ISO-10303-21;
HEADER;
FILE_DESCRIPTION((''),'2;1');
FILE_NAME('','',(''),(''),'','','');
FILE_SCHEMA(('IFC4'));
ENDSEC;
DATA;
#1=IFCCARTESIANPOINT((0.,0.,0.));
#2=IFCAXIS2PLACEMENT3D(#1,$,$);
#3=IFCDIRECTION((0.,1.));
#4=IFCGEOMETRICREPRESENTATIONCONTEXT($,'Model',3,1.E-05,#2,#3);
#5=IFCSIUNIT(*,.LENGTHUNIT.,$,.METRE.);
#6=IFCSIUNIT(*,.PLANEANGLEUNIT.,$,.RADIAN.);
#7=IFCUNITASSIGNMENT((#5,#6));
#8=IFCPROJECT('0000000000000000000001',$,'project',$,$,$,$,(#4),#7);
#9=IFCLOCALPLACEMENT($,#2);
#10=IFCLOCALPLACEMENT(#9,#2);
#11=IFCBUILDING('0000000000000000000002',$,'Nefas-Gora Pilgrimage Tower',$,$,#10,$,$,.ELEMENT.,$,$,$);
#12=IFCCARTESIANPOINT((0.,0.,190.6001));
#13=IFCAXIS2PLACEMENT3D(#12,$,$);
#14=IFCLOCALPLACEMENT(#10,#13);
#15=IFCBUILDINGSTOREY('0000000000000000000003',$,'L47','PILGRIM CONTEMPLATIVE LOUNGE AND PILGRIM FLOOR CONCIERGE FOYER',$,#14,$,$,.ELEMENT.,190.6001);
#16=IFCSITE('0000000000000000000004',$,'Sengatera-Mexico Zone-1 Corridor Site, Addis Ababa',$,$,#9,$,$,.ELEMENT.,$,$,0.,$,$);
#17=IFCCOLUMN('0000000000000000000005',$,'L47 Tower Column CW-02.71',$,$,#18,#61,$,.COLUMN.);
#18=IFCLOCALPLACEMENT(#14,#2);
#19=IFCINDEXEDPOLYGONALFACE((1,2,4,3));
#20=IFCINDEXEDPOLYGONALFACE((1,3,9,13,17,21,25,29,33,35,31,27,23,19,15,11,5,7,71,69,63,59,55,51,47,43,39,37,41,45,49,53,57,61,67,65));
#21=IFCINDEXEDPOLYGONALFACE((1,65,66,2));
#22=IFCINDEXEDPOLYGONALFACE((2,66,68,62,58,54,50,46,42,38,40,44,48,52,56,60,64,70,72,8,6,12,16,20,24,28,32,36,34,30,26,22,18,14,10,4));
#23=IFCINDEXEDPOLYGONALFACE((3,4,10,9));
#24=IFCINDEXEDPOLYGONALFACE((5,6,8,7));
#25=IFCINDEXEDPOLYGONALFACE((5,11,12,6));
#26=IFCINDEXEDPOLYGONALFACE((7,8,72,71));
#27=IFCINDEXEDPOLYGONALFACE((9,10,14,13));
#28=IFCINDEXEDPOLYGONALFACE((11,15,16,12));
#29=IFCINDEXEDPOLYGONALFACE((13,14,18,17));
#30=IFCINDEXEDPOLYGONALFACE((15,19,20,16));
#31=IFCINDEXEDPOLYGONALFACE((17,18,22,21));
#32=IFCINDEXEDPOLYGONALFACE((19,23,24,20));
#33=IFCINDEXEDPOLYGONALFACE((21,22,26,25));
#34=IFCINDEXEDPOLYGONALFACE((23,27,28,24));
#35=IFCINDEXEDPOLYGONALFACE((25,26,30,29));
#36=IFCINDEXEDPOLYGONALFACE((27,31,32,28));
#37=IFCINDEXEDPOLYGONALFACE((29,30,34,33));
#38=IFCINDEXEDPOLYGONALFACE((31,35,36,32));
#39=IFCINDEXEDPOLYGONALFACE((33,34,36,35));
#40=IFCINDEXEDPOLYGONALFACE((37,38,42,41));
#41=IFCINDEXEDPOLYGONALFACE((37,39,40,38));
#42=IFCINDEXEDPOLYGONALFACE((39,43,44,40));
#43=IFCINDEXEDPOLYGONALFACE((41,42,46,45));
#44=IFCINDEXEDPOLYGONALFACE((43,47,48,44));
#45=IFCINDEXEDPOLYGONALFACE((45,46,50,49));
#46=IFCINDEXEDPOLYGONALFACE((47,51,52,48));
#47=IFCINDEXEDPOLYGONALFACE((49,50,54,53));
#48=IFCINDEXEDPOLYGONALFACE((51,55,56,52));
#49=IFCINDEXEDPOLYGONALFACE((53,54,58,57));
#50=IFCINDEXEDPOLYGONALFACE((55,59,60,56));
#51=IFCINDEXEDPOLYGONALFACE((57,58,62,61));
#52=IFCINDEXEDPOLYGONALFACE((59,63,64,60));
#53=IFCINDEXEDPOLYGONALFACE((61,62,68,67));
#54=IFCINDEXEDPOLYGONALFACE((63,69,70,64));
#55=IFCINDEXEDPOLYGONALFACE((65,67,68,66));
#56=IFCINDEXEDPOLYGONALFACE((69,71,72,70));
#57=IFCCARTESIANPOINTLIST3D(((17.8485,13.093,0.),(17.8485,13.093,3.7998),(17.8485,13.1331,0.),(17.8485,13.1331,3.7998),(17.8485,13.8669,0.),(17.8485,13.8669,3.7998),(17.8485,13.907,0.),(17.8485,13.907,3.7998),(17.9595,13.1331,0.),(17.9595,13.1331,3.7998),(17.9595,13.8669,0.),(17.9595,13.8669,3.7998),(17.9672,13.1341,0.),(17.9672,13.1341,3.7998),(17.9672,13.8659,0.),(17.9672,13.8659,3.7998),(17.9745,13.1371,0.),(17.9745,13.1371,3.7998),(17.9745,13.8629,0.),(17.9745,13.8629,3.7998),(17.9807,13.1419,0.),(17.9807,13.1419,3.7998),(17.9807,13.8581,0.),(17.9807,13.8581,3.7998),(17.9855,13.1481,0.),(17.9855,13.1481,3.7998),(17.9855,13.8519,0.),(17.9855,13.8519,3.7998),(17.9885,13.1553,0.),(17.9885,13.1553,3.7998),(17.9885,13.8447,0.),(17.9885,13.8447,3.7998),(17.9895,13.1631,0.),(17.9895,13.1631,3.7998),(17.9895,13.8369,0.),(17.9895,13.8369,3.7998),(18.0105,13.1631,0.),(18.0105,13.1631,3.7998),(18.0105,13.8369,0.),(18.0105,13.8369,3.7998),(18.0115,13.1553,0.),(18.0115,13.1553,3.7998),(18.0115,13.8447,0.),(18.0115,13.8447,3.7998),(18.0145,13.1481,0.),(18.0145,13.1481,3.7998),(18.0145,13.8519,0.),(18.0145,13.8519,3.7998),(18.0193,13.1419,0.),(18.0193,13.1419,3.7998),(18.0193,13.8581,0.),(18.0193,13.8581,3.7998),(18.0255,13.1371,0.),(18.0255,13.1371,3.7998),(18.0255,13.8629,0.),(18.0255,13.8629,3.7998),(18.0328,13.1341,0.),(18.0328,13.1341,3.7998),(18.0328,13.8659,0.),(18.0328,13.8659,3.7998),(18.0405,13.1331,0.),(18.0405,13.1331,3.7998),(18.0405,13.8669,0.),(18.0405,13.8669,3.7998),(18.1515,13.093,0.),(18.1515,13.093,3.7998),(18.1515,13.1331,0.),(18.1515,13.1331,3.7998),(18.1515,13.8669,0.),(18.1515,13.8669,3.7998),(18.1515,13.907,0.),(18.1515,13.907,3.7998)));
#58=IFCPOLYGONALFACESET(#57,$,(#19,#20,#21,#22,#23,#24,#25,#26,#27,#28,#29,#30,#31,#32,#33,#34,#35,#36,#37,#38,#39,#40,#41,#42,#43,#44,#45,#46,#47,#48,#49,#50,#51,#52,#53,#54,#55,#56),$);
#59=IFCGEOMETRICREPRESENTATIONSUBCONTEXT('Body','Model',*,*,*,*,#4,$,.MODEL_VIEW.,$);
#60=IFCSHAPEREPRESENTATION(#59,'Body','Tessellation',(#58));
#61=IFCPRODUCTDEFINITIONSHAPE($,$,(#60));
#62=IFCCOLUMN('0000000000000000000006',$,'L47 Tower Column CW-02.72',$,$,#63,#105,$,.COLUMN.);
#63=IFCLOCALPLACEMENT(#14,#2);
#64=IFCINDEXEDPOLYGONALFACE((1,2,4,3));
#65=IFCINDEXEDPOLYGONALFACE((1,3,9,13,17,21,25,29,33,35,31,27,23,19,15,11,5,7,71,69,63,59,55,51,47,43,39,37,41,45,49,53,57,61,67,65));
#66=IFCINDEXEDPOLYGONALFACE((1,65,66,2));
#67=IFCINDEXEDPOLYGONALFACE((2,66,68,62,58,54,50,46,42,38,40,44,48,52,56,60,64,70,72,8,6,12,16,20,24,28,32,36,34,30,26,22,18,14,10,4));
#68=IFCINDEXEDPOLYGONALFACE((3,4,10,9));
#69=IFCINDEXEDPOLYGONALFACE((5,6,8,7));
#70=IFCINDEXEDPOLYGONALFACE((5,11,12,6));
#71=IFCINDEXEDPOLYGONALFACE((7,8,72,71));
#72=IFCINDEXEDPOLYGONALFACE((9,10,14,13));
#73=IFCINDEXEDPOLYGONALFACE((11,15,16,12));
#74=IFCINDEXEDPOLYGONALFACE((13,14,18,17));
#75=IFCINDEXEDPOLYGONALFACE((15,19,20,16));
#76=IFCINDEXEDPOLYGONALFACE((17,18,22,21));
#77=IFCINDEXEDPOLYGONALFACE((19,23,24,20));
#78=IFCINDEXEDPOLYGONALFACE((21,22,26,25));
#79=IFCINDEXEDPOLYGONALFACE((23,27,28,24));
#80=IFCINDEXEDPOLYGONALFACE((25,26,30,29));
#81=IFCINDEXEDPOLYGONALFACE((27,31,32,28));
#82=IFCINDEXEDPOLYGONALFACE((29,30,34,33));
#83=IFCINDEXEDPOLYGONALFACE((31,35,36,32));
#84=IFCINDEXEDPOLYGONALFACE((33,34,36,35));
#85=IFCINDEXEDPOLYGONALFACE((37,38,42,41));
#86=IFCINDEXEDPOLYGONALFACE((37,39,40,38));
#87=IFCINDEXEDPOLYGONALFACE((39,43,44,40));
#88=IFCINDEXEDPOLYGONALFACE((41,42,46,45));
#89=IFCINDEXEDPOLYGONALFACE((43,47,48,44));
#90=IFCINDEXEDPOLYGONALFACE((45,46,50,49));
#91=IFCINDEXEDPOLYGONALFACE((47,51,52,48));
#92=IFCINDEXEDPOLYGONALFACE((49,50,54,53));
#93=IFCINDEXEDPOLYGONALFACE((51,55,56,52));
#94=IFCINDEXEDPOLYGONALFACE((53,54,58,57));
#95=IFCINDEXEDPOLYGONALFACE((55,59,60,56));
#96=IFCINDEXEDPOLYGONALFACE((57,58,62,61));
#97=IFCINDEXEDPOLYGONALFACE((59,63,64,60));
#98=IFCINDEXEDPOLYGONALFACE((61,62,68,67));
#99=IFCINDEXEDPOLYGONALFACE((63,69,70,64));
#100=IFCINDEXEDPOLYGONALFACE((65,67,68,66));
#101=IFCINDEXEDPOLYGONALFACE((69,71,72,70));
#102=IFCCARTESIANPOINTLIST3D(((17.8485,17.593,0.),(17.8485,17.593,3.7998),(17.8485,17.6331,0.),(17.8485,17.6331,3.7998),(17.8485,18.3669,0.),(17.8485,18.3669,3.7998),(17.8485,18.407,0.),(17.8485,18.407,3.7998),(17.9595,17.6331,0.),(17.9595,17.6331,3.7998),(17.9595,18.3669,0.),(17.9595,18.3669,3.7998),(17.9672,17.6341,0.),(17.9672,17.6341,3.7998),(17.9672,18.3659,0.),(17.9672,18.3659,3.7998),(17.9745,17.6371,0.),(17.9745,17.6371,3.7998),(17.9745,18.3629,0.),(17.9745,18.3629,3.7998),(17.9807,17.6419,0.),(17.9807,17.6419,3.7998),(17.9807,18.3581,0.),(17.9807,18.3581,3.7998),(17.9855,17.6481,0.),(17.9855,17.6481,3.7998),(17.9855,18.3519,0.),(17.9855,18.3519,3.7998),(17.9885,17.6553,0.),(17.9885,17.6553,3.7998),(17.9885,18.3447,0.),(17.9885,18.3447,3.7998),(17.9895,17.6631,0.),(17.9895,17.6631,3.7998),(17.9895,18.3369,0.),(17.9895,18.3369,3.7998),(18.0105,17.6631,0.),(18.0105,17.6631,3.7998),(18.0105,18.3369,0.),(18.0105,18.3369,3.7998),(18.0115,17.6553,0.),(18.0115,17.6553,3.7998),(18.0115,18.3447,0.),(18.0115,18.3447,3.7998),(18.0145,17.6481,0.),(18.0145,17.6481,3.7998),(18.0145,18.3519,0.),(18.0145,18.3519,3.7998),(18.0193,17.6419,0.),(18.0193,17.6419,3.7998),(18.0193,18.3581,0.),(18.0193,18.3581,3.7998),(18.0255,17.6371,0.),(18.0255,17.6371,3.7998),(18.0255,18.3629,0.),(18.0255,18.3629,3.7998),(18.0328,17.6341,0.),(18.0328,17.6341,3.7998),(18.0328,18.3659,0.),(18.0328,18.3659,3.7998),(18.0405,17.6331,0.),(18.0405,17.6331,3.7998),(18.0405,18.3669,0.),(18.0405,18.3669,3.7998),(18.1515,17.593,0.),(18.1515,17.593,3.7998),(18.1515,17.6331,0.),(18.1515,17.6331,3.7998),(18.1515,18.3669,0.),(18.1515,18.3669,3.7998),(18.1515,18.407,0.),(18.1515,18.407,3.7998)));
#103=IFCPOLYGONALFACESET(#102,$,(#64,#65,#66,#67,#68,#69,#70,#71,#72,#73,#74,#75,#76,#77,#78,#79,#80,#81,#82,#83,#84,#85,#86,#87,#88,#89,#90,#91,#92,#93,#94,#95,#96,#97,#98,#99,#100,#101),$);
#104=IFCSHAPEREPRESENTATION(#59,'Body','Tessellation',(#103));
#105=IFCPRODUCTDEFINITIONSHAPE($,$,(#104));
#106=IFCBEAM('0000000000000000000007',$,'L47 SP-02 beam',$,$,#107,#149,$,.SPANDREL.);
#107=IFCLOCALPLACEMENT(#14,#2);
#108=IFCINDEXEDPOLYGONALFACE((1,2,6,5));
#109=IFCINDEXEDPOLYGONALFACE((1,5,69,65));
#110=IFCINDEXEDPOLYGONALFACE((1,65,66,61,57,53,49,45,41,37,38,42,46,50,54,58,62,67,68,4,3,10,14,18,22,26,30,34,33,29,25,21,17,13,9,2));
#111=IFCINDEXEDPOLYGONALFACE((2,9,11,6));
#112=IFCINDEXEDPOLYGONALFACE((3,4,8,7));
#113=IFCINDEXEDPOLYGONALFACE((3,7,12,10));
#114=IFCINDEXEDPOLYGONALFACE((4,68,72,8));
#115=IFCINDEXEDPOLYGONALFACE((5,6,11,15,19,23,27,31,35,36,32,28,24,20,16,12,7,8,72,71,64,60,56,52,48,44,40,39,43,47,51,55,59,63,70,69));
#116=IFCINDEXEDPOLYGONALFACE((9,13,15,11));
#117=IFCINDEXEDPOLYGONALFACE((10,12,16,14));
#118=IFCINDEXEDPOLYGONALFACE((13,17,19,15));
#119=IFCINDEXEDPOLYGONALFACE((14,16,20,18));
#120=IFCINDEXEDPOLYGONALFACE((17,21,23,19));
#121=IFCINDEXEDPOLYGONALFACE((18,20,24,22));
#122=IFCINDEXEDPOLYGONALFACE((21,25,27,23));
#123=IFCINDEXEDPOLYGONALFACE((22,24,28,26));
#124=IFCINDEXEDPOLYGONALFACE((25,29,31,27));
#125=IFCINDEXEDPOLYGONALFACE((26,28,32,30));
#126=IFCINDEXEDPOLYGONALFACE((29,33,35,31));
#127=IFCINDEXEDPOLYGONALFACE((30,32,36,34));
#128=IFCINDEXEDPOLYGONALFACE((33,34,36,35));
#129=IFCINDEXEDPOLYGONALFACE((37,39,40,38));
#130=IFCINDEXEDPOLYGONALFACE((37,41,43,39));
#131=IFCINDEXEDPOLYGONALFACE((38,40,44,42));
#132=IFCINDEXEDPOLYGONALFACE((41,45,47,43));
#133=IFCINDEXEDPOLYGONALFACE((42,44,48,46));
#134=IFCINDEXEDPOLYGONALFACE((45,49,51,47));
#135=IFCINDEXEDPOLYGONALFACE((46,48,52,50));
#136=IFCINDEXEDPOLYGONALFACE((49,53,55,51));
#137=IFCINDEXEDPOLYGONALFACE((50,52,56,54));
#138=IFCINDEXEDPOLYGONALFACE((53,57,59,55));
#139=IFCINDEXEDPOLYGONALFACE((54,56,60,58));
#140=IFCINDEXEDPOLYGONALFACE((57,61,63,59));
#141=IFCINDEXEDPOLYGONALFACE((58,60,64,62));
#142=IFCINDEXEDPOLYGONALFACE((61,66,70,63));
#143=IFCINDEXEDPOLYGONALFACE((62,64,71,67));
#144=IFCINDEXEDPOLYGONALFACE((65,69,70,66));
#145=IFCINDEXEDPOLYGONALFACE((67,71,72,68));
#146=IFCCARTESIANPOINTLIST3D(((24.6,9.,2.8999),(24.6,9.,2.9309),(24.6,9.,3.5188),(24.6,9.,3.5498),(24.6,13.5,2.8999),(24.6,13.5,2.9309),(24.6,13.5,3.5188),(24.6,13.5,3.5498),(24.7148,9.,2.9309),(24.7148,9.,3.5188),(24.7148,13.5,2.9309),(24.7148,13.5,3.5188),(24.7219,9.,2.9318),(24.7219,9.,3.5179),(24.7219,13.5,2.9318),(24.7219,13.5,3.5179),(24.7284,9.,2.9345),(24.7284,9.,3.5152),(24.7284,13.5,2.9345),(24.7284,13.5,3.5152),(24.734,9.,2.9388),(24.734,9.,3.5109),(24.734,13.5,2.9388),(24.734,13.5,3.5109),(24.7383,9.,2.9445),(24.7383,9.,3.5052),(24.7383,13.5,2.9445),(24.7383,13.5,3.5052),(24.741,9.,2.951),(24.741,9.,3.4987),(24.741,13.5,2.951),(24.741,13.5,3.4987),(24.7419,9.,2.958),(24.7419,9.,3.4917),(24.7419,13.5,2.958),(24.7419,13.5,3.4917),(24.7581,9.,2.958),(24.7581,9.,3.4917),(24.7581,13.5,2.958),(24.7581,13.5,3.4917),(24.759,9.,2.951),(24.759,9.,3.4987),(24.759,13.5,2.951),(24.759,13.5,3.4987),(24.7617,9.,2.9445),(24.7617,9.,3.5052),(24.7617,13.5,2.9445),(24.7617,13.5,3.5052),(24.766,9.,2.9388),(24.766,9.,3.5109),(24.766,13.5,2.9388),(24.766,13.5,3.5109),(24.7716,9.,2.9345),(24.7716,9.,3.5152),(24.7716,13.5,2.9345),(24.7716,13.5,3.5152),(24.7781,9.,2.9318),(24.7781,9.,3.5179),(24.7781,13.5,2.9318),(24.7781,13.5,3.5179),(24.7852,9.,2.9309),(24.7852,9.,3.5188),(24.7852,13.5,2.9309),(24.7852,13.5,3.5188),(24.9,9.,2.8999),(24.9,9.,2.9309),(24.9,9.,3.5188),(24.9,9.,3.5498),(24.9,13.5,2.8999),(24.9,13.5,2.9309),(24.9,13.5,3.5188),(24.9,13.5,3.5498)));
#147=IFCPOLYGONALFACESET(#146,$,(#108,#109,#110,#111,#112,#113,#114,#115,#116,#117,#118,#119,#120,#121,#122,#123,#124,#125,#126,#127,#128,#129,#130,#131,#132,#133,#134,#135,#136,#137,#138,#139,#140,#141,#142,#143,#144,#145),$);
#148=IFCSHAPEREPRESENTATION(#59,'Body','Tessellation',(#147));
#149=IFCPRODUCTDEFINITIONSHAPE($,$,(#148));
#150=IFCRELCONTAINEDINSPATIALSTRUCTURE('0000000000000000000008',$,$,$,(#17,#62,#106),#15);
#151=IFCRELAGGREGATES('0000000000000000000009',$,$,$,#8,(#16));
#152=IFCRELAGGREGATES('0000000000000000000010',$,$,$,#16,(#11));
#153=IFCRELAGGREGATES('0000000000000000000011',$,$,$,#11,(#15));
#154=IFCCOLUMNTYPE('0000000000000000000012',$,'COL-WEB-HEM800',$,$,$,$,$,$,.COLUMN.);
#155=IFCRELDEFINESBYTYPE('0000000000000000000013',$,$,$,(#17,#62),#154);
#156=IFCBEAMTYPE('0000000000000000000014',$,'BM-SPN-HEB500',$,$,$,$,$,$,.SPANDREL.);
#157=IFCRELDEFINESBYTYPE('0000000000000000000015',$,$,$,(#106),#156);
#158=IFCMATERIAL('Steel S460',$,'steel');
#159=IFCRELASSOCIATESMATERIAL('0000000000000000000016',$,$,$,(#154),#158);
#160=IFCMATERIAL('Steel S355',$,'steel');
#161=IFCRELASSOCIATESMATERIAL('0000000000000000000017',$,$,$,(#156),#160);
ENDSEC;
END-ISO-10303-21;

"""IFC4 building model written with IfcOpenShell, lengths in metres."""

from ifc_helpers import new_model, si_unit, direction, frame, origin, origin_2d, place, context, subcontext, project, spatial, i_section, extrude, source, transform, mapped, material, material_profile, profile_set, type_object, element, save


model = new_model("IFC4")

# Units and contexts
model_context = context("Model", 3, precision=1e-05, world=origin(), true_north=direction((0.0, 1.0)))
body_context = subcontext(model_context, "Body", "Model", "MODEL_VIEW")
ifc_project = project(units=[si_unit("LENGTHUNIT", "METRE"), si_unit("PLANEANGLEUNIT", "RADIAN")], contexts=[model_context])

# Site, building, storey
site_placement = place(None, origin())
site = spatial("IfcSite", under=ifc_project, at=site_placement, Name="Sengatera-Mexico Zone-1 Corridor Site, Addis Ababa", CompositionType="ELEMENT", RefElevation=0.0)
building_placement = place(site_placement, origin())
building = spatial("IfcBuilding", under=site, at=building_placement, Name="Nefas-Gora Pilgrimage Tower", CompositionType="ELEMENT")
storey_placement = place(building_placement, frame((0.0, 0.0, 190.6001)))
storey = spatial("IfcBuildingStorey", under=building, at=storey_placement, Name="L47", Description="PILGRIM CONTEMPLATIVE LOUNGE AND PILGRIM FLOOR CONCIERGE FOYER", CompositionType="ELEMENT", Elevation=190.6001)

# Columns
ifc_material_1 = material(Name="Steel S460", Category="steel")
ifc_material_profile_1 = material_profile(ifc_material_1, i_section(OverallWidth=0.303, OverallDepth=0.814, WebThickness=0.021, FlangeThickness=0.04, FilletRadius=0.03, at=origin_2d()), Name="HEM 800")
ifc_profile_set_1 = profile_set([ifc_material_profile_1], Name="Steel S460")
column_type_1 = type_object("IfcColumnType", Name="COL-WEB-HEM800", PredefinedType="COLUMN", material=ifc_profile_set_1)
shared_shape_1 = source(origin(), body_context, "Body", "SweptSolid", [
    extrude(i_section(OverallWidth=0.303, OverallDepth=0.814, WebThickness=0.021, FlangeThickness=0.04, FilletRadius=0.03, at=origin_2d()), origin(), (0.0, 0.0, 1.0), 3.7998),
])
for number, where, z_axis, x_axis, name in (
    (1, (18.0, 13.5, 0.0), (0.0, 0.0, 1.0), (1.0, 0.0, 0.0), "L47 Tower Column CW-02.71"),
    (2, (18.0, 18.0, 0.0), (0.0, 0.0, 1.0), (1.0, 0.0, 0.0), "L47 Tower Column CW-02.72"),
):
    element("IfcColumn", number, at=place(storey_placement, frame(where, z_axis=z_axis, x_axis=x_axis)), inside=storey, type_object=column_type_1, Name=name, PredefinedType="COLUMN", context=body_context, shape_type="MappedRepresentation", body=[
        mapped(shared_shape_1, transform((0.0, 0.0, 0.0), x_axis=(1.0, 0.0, 0.0), y_axis=(0.0, 1.0, 0.0), z_axis=(0.0, 0.0, 1.0), scale=1.0)),
    ])

# Beam
ifc_material_2 = material(Name="Steel S355", Category="steel")
ifc_material_profile_2 = material_profile(ifc_material_2, i_section(OverallWidth=0.3, OverallDepth=0.6499, WebThickness=0.0161, FlangeThickness=0.031, FilletRadius=0.0271, at=origin_2d()), Name="HEB 650")
ifc_profile_set_2 = profile_set([ifc_material_profile_2], Name="Steel S355")
beam_type_1 = type_object("IfcBeamType", Name="BM-SPN-HEB500", PredefinedType="SPANDREL", material=ifc_profile_set_2)
shared_shape_2 = source(origin(), body_context, "Body", "SweptSolid", [
    extrude(i_section(OverallWidth=0.3, OverallDepth=0.6499, WebThickness=0.0161, FlangeThickness=0.031, FilletRadius=0.0271, at=origin_2d()), origin(), (0.0, 0.0, 1.0), 4.5),
])
beam_1_placement = place(storey_placement, frame((24.75, 9.0, 3.2249), z_axis=(0.0, 1.0, 0.0), x_axis=(-1.0, 0.0, 0.0)))
element("IfcBeam", 3, at=beam_1_placement, inside=storey, type_object=beam_type_1, Name="L47 SP-02 beam", PredefinedType="SPANDREL", context=body_context, shape_type="MappedRepresentation", body=[
    mapped(shared_shape_2, transform((0.0, 0.0, 0.0), x_axis=(1.0, 0.0, 0.0), y_axis=(0.0, 1.0, 0.0), z_axis=(0.0, 0.0, 1.0), scale=1.0)),
])

save(model, "model.ifc")
